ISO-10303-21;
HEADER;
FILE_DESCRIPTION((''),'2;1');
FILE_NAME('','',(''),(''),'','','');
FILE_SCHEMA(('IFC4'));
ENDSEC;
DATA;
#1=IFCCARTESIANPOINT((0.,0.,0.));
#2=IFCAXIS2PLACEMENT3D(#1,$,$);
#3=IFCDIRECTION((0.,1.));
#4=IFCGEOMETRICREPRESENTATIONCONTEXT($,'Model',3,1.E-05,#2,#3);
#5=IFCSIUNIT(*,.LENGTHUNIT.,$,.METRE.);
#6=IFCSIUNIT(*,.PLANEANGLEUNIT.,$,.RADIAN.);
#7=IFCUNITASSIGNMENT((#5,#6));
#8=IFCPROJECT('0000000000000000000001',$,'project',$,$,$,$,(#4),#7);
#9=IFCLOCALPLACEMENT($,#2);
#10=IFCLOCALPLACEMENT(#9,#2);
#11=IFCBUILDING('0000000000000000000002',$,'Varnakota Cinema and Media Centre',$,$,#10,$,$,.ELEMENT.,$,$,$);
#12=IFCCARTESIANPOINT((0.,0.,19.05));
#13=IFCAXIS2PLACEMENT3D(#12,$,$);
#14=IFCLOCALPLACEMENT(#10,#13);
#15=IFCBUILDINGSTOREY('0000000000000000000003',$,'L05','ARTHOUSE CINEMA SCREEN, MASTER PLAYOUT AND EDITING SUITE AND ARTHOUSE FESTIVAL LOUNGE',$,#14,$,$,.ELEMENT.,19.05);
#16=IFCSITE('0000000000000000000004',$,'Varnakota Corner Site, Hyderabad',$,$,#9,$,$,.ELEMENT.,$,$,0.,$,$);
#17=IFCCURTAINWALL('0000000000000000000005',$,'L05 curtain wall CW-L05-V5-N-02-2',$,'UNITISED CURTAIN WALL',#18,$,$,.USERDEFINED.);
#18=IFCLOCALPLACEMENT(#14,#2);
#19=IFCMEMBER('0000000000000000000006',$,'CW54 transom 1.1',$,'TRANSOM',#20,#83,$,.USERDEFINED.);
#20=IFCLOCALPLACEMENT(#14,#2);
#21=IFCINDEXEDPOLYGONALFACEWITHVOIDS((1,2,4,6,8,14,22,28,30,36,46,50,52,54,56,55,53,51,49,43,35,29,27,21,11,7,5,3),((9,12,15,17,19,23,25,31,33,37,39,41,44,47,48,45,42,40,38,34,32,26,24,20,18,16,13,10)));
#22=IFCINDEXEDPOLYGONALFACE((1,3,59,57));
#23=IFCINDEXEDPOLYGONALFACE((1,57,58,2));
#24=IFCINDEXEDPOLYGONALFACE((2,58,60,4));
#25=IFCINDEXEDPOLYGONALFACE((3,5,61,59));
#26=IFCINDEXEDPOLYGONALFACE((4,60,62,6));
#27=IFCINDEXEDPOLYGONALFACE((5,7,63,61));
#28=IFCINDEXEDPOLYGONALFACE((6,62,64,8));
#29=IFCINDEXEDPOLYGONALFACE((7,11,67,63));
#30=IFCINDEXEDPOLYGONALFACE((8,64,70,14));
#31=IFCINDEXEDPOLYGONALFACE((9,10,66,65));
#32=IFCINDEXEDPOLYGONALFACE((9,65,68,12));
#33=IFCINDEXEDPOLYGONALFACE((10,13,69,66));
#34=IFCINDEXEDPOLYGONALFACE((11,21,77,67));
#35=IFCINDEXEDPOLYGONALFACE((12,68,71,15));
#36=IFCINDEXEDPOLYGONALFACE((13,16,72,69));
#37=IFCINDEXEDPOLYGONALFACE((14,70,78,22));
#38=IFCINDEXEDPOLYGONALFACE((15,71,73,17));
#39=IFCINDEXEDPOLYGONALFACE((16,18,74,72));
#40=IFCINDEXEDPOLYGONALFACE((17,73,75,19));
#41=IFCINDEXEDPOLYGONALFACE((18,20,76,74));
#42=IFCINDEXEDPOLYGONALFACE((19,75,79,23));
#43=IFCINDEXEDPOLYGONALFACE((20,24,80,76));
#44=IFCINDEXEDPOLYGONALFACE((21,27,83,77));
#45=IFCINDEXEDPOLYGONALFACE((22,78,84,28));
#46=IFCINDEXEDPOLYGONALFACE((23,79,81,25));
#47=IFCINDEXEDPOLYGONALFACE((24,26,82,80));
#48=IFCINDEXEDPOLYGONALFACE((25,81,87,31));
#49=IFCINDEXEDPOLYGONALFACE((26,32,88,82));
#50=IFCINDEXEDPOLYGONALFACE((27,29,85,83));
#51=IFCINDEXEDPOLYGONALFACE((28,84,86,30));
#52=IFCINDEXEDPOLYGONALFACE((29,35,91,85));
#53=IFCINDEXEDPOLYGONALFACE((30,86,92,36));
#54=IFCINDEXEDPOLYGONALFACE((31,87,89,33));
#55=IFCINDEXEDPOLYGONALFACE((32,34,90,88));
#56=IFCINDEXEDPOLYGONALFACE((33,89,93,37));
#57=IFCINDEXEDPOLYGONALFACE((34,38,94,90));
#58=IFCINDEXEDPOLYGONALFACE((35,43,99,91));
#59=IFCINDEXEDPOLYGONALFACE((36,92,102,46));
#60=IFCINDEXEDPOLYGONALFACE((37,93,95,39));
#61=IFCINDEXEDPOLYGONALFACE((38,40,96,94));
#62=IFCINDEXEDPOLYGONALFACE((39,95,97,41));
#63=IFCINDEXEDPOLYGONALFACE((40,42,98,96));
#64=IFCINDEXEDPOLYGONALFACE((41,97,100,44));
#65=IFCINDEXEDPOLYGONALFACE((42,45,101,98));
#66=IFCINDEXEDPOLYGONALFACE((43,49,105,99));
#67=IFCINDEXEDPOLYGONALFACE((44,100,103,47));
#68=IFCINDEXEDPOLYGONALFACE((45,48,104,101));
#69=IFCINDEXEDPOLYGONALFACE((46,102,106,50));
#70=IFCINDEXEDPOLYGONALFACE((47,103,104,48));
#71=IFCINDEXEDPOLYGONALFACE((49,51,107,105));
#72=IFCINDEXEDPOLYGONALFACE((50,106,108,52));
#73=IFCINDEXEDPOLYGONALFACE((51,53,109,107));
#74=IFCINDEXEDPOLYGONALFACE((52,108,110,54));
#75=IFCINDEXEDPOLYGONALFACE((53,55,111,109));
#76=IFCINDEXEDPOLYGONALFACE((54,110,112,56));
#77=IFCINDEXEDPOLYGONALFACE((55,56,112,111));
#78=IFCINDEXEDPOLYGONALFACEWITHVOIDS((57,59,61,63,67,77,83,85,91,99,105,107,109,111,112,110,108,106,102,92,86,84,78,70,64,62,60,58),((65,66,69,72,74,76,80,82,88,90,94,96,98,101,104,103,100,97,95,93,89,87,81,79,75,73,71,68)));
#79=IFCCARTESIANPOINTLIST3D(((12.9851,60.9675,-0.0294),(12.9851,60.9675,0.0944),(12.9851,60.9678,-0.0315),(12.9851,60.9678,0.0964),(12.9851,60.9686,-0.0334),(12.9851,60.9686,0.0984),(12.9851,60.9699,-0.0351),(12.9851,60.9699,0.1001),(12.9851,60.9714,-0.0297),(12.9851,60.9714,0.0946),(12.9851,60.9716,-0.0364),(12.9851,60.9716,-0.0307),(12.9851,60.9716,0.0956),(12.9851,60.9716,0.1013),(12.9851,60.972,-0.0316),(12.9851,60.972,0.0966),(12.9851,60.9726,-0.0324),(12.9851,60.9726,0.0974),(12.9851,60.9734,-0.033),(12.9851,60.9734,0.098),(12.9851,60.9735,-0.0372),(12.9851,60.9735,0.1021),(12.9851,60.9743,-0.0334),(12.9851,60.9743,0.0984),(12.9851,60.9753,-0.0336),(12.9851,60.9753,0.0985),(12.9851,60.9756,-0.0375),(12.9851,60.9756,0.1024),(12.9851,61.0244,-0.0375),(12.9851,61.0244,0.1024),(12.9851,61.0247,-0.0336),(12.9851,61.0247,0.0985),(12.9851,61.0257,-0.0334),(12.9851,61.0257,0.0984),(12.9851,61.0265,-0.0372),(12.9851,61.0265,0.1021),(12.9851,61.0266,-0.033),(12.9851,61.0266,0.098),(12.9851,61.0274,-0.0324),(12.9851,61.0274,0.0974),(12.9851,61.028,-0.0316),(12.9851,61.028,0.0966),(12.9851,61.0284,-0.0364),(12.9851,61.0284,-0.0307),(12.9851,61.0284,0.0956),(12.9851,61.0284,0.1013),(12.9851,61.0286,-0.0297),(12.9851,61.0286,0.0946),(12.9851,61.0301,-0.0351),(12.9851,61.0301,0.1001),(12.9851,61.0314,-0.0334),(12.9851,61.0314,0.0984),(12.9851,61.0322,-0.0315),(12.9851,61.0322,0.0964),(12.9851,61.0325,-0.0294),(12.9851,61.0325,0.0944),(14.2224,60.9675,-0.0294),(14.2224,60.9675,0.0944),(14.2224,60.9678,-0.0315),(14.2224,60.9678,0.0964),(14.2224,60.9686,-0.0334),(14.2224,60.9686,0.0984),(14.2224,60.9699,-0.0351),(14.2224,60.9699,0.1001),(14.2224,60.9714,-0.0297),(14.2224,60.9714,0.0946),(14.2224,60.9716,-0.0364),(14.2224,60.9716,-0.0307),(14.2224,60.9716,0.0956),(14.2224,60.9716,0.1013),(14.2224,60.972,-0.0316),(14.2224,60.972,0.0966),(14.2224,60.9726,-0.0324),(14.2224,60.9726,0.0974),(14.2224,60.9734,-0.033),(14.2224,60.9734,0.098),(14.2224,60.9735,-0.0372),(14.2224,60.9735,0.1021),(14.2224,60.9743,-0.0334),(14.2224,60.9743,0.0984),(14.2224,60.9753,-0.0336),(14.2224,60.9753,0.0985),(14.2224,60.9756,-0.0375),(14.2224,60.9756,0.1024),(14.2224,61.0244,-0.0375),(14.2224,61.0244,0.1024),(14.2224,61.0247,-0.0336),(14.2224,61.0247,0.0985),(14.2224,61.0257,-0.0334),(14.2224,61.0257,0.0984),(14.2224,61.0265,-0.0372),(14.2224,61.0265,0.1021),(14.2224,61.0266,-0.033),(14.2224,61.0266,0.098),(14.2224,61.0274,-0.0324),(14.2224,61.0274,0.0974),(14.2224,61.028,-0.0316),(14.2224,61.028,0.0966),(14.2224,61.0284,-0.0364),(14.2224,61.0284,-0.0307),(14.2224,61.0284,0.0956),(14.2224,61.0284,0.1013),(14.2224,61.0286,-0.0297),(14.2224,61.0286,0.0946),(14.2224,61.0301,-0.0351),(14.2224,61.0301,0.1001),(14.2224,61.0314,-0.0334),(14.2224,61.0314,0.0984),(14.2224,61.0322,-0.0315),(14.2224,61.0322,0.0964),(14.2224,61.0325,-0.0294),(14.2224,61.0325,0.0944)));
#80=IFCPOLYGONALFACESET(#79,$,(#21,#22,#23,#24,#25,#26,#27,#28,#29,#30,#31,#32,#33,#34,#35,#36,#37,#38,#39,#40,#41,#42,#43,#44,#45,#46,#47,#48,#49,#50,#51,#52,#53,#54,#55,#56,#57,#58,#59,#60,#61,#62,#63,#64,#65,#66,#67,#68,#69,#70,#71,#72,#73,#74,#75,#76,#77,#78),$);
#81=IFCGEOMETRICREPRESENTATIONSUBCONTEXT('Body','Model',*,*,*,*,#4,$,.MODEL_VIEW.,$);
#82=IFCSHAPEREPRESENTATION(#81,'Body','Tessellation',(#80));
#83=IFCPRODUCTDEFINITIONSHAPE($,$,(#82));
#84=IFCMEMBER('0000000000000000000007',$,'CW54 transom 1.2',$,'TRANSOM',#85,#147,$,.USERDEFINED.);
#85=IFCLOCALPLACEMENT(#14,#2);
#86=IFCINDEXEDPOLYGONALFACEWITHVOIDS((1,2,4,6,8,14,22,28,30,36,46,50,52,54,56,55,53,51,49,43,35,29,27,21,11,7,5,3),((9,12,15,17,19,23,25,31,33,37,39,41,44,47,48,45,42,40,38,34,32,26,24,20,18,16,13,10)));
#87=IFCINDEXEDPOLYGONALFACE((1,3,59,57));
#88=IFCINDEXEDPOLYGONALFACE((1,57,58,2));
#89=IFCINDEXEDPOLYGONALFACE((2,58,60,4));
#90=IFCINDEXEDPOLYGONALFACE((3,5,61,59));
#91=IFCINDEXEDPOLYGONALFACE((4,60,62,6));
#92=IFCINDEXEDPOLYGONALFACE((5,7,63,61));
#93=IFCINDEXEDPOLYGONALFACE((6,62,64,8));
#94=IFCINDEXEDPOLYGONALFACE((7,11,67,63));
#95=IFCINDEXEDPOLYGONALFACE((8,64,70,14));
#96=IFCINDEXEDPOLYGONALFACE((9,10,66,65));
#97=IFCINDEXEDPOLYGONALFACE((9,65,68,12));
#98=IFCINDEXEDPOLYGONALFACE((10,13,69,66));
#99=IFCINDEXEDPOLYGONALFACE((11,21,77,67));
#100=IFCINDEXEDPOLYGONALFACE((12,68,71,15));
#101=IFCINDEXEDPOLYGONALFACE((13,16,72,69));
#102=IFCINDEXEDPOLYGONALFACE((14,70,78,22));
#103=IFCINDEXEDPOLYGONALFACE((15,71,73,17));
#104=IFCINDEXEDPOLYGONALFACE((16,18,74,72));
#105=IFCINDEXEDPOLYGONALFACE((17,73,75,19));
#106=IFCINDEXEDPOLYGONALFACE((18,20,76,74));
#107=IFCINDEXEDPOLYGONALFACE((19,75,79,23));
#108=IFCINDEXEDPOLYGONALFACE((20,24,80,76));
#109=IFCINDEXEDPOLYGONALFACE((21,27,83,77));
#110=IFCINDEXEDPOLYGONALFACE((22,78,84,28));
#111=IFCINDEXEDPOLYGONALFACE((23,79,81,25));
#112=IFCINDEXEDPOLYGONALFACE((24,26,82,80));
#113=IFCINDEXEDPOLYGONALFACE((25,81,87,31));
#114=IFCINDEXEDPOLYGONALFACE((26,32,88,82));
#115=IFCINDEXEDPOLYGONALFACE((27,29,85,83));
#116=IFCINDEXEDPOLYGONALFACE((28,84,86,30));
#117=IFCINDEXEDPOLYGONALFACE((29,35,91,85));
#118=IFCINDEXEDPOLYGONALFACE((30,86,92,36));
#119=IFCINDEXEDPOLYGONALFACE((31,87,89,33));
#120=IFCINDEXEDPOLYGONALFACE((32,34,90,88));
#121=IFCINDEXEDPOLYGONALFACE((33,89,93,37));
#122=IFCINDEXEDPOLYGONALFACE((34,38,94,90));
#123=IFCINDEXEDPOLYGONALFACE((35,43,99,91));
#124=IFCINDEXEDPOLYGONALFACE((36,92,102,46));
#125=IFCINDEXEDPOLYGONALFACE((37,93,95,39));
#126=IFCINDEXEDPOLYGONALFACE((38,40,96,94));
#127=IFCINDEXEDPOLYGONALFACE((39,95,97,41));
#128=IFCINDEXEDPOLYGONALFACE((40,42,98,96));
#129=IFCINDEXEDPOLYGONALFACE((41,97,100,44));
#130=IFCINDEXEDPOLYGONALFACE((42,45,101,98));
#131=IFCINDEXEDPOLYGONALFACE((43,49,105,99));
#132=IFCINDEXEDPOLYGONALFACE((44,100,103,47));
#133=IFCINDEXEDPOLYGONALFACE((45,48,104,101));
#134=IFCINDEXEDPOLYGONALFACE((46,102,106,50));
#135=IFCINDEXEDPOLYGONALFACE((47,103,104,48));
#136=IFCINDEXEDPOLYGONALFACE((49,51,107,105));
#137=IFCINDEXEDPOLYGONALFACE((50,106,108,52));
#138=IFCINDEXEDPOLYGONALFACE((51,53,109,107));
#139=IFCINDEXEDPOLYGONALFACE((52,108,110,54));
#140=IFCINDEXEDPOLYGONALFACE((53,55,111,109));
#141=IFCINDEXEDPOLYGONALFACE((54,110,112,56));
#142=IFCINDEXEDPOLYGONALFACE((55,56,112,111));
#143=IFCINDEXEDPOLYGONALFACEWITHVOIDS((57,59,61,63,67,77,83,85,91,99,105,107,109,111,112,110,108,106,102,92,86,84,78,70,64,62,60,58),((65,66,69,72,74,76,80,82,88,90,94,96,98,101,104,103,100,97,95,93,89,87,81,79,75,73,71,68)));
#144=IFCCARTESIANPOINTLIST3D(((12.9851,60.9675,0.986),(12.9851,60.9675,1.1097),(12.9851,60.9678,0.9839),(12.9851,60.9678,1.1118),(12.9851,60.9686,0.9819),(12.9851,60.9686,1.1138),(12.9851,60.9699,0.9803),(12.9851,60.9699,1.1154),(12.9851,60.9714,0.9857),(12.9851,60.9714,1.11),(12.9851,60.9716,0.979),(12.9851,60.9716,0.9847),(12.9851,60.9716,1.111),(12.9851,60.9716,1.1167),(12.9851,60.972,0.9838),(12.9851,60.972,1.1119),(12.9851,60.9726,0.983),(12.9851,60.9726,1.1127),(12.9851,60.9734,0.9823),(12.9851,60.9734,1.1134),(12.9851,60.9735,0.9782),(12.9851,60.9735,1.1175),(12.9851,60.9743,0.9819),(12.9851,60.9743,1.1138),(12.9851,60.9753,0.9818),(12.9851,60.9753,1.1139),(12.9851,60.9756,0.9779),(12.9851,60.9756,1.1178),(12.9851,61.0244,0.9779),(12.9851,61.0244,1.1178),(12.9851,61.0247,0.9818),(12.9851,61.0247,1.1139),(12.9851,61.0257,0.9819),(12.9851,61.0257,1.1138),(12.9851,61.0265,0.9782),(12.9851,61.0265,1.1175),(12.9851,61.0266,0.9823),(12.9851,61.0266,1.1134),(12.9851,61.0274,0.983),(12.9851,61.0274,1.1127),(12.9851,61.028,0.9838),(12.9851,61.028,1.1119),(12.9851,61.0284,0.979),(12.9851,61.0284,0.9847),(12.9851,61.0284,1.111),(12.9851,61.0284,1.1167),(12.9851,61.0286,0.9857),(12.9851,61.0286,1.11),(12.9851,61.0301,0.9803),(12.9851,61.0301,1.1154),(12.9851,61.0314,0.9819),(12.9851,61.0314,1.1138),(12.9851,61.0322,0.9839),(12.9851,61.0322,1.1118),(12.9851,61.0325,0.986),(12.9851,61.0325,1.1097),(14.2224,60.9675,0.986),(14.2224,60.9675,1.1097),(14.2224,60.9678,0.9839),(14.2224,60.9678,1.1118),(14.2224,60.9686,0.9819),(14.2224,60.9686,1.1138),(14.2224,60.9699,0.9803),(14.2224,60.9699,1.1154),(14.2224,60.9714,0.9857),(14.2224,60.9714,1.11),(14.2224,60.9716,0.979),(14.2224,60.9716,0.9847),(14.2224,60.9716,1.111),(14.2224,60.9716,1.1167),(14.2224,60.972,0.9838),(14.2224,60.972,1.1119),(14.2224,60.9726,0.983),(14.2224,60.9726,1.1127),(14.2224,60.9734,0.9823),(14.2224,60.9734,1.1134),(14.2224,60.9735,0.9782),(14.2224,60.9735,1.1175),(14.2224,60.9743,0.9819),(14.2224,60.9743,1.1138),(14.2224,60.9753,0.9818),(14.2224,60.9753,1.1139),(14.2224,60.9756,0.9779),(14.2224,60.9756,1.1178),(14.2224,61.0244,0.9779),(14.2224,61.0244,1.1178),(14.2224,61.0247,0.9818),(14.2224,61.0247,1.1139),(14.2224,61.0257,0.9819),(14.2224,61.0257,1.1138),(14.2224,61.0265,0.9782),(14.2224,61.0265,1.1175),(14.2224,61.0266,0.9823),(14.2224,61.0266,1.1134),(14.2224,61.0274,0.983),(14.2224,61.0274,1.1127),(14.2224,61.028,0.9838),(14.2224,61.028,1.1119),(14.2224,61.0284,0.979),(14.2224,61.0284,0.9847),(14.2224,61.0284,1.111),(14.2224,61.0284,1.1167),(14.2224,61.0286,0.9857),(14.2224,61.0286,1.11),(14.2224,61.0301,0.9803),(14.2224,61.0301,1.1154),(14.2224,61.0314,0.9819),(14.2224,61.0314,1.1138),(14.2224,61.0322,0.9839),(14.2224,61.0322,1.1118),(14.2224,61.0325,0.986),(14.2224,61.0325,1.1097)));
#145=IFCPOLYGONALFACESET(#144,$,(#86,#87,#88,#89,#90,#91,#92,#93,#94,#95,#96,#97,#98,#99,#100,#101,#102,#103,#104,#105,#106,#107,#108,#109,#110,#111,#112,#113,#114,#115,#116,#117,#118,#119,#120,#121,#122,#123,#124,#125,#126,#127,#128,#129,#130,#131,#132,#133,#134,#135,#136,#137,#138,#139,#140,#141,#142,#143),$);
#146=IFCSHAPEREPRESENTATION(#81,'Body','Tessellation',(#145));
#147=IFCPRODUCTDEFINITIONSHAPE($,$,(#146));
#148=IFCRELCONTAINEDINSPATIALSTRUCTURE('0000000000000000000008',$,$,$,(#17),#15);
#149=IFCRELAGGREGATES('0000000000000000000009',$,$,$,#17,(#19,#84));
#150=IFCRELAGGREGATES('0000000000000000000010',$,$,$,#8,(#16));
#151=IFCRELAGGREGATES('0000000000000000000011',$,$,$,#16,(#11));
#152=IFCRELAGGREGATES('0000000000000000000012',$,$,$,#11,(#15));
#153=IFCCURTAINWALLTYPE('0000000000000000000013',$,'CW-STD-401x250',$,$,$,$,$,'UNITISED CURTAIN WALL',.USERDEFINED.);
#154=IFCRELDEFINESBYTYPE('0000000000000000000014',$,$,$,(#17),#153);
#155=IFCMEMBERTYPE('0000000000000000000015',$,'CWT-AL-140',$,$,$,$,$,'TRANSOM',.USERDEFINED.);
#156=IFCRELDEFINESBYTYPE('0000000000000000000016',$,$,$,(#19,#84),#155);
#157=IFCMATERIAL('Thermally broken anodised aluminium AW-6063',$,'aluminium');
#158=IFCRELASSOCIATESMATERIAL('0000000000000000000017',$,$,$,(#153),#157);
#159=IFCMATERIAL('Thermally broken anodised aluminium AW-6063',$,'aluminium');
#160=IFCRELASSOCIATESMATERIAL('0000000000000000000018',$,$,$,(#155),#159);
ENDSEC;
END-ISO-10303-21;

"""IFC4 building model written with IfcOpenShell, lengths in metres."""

from ifc_helpers import new_model, si_unit, direction, frame, origin, origin_2d, place, context, subcontext, project, spatial, hollow_rectangle, extrude, material, material_profile, profile_set, type_object, element, aggregate, save


model = new_model("IFC4")

# Units and contexts
model_context = context("Model", 3, precision=1e-05, world=origin(), true_north=direction((0.0, 1.0)))
body_context = subcontext(model_context, "Body", "Model", "MODEL_VIEW")
ifc_project = project(units=[si_unit("LENGTHUNIT", "METRE"), si_unit("PLANEANGLEUNIT", "RADIAN")], contexts=[model_context])

# Site, building, storey
site_placement = place(None, origin())
site = spatial("IfcSite", under=ifc_project, at=site_placement, Name="Varnakota Corner Site, Hyderabad", CompositionType="ELEMENT", RefElevation=0.0)
building_placement = place(site_placement, origin())
building = spatial("IfcBuilding", under=site, at=building_placement, Name="Varnakota Cinema and Media Centre", CompositionType="ELEMENT")
storey_placement = place(building_placement, frame((0.0, 0.0, 19.05)))
storey = spatial("IfcBuildingStorey", under=building, at=storey_placement, Name="L05", Description="ARTHOUSE CINEMA SCREEN, MASTER PLAYOUT AND EDITING SUITE AND ARTHOUSE FESTIVAL LOUNGE", CompositionType="ELEMENT", Elevation=19.05)

# Shared definitions
ifc_material_1 = material(Name="Thermally broken anodised aluminium AW-6063", Category="aluminium")
curtain_wall_type = type_object("IfcCurtainWallType", Name="CW-STD-401x250", ElementType="UNITISED CURTAIN WALL", PredefinedType="USERDEFINED", material=ifc_material_1)

# Curtain wall
curtain_wall_1_placement = place(storey_placement, origin())
curtain_wall_1 = element("IfcCurtainWall", 1, at=curtain_wall_1_placement, inside=storey, type_object=curtain_wall_type, Name="L05 curtain wall CW-L05-V5-N-02-2", ObjectType="UNITISED CURTAIN WALL", PredefinedType="USERDEFINED")

# Members
ifc_material_2 = material(Name="Thermally broken anodised aluminium AW-6063", Category="aluminium")
ifc_material_profile_1 = material_profile(ifc_material_2, hollow_rectangle(XDim=0.0649, YDim=0.1399, WallThickness=0.0039, InnerFilletRadius=0.0039, OuterFilletRadius=0.0081, at=origin_2d()), Name="AL-TRANSOM 140x65x4")
ifc_profile_set_1 = profile_set([ifc_material_profile_1], Name="Thermally broken anodised aluminium AW-6063")
member_type_1 = type_object("IfcMemberType", Name="CWT-AL-140", ElementType="TRANSOM", PredefinedType="USERDEFINED", material=ifc_profile_set_1)
member_1_placement = place(storey_placement, frame((12.9851, 61.0, 0.0325), z_axis=(1.0, 0.0, 0.0), x_axis=(0.0, 1.0, 0.0)))
member_1 = element("IfcMember", 2, at=member_1_placement, type_object=member_type_1, Name="CW54 transom 1.1", ObjectType="TRANSOM", PredefinedType="USERDEFINED", context=body_context, shape_type="SweptSolid", body=[
    extrude(hollow_rectangle(XDim=0.0649, YDim=0.1399, WallThickness=0.0039, InnerFilletRadius=0.0039, OuterFilletRadius=0.0081, at=origin_2d()), origin(), (0.0, 0.0, 1.0), 1.2373),
])
member_2_placement = place(storey_placement, frame((12.9851, 61.0, 1.0479), z_axis=(1.0, 0.0, 0.0), x_axis=(0.0, 1.0, 0.0)))
member_2 = element("IfcMember", 3, at=member_2_placement, type_object=member_type_1, Name="CW54 transom 1.2", ObjectType="TRANSOM", PredefinedType="USERDEFINED", context=body_context, shape_type="SweptSolid", body=[
    extrude(hollow_rectangle(XDim=0.0649, YDim=0.1399, WallThickness=0.0039, InnerFilletRadius=0.0039, OuterFilletRadius=0.0081, at=origin_2d()), origin(), (0.0, 0.0, 1.0), 1.2373),
])
aggregate(curtain_wall_1, [member_1, member_2])

save(model, "model.ifc")
